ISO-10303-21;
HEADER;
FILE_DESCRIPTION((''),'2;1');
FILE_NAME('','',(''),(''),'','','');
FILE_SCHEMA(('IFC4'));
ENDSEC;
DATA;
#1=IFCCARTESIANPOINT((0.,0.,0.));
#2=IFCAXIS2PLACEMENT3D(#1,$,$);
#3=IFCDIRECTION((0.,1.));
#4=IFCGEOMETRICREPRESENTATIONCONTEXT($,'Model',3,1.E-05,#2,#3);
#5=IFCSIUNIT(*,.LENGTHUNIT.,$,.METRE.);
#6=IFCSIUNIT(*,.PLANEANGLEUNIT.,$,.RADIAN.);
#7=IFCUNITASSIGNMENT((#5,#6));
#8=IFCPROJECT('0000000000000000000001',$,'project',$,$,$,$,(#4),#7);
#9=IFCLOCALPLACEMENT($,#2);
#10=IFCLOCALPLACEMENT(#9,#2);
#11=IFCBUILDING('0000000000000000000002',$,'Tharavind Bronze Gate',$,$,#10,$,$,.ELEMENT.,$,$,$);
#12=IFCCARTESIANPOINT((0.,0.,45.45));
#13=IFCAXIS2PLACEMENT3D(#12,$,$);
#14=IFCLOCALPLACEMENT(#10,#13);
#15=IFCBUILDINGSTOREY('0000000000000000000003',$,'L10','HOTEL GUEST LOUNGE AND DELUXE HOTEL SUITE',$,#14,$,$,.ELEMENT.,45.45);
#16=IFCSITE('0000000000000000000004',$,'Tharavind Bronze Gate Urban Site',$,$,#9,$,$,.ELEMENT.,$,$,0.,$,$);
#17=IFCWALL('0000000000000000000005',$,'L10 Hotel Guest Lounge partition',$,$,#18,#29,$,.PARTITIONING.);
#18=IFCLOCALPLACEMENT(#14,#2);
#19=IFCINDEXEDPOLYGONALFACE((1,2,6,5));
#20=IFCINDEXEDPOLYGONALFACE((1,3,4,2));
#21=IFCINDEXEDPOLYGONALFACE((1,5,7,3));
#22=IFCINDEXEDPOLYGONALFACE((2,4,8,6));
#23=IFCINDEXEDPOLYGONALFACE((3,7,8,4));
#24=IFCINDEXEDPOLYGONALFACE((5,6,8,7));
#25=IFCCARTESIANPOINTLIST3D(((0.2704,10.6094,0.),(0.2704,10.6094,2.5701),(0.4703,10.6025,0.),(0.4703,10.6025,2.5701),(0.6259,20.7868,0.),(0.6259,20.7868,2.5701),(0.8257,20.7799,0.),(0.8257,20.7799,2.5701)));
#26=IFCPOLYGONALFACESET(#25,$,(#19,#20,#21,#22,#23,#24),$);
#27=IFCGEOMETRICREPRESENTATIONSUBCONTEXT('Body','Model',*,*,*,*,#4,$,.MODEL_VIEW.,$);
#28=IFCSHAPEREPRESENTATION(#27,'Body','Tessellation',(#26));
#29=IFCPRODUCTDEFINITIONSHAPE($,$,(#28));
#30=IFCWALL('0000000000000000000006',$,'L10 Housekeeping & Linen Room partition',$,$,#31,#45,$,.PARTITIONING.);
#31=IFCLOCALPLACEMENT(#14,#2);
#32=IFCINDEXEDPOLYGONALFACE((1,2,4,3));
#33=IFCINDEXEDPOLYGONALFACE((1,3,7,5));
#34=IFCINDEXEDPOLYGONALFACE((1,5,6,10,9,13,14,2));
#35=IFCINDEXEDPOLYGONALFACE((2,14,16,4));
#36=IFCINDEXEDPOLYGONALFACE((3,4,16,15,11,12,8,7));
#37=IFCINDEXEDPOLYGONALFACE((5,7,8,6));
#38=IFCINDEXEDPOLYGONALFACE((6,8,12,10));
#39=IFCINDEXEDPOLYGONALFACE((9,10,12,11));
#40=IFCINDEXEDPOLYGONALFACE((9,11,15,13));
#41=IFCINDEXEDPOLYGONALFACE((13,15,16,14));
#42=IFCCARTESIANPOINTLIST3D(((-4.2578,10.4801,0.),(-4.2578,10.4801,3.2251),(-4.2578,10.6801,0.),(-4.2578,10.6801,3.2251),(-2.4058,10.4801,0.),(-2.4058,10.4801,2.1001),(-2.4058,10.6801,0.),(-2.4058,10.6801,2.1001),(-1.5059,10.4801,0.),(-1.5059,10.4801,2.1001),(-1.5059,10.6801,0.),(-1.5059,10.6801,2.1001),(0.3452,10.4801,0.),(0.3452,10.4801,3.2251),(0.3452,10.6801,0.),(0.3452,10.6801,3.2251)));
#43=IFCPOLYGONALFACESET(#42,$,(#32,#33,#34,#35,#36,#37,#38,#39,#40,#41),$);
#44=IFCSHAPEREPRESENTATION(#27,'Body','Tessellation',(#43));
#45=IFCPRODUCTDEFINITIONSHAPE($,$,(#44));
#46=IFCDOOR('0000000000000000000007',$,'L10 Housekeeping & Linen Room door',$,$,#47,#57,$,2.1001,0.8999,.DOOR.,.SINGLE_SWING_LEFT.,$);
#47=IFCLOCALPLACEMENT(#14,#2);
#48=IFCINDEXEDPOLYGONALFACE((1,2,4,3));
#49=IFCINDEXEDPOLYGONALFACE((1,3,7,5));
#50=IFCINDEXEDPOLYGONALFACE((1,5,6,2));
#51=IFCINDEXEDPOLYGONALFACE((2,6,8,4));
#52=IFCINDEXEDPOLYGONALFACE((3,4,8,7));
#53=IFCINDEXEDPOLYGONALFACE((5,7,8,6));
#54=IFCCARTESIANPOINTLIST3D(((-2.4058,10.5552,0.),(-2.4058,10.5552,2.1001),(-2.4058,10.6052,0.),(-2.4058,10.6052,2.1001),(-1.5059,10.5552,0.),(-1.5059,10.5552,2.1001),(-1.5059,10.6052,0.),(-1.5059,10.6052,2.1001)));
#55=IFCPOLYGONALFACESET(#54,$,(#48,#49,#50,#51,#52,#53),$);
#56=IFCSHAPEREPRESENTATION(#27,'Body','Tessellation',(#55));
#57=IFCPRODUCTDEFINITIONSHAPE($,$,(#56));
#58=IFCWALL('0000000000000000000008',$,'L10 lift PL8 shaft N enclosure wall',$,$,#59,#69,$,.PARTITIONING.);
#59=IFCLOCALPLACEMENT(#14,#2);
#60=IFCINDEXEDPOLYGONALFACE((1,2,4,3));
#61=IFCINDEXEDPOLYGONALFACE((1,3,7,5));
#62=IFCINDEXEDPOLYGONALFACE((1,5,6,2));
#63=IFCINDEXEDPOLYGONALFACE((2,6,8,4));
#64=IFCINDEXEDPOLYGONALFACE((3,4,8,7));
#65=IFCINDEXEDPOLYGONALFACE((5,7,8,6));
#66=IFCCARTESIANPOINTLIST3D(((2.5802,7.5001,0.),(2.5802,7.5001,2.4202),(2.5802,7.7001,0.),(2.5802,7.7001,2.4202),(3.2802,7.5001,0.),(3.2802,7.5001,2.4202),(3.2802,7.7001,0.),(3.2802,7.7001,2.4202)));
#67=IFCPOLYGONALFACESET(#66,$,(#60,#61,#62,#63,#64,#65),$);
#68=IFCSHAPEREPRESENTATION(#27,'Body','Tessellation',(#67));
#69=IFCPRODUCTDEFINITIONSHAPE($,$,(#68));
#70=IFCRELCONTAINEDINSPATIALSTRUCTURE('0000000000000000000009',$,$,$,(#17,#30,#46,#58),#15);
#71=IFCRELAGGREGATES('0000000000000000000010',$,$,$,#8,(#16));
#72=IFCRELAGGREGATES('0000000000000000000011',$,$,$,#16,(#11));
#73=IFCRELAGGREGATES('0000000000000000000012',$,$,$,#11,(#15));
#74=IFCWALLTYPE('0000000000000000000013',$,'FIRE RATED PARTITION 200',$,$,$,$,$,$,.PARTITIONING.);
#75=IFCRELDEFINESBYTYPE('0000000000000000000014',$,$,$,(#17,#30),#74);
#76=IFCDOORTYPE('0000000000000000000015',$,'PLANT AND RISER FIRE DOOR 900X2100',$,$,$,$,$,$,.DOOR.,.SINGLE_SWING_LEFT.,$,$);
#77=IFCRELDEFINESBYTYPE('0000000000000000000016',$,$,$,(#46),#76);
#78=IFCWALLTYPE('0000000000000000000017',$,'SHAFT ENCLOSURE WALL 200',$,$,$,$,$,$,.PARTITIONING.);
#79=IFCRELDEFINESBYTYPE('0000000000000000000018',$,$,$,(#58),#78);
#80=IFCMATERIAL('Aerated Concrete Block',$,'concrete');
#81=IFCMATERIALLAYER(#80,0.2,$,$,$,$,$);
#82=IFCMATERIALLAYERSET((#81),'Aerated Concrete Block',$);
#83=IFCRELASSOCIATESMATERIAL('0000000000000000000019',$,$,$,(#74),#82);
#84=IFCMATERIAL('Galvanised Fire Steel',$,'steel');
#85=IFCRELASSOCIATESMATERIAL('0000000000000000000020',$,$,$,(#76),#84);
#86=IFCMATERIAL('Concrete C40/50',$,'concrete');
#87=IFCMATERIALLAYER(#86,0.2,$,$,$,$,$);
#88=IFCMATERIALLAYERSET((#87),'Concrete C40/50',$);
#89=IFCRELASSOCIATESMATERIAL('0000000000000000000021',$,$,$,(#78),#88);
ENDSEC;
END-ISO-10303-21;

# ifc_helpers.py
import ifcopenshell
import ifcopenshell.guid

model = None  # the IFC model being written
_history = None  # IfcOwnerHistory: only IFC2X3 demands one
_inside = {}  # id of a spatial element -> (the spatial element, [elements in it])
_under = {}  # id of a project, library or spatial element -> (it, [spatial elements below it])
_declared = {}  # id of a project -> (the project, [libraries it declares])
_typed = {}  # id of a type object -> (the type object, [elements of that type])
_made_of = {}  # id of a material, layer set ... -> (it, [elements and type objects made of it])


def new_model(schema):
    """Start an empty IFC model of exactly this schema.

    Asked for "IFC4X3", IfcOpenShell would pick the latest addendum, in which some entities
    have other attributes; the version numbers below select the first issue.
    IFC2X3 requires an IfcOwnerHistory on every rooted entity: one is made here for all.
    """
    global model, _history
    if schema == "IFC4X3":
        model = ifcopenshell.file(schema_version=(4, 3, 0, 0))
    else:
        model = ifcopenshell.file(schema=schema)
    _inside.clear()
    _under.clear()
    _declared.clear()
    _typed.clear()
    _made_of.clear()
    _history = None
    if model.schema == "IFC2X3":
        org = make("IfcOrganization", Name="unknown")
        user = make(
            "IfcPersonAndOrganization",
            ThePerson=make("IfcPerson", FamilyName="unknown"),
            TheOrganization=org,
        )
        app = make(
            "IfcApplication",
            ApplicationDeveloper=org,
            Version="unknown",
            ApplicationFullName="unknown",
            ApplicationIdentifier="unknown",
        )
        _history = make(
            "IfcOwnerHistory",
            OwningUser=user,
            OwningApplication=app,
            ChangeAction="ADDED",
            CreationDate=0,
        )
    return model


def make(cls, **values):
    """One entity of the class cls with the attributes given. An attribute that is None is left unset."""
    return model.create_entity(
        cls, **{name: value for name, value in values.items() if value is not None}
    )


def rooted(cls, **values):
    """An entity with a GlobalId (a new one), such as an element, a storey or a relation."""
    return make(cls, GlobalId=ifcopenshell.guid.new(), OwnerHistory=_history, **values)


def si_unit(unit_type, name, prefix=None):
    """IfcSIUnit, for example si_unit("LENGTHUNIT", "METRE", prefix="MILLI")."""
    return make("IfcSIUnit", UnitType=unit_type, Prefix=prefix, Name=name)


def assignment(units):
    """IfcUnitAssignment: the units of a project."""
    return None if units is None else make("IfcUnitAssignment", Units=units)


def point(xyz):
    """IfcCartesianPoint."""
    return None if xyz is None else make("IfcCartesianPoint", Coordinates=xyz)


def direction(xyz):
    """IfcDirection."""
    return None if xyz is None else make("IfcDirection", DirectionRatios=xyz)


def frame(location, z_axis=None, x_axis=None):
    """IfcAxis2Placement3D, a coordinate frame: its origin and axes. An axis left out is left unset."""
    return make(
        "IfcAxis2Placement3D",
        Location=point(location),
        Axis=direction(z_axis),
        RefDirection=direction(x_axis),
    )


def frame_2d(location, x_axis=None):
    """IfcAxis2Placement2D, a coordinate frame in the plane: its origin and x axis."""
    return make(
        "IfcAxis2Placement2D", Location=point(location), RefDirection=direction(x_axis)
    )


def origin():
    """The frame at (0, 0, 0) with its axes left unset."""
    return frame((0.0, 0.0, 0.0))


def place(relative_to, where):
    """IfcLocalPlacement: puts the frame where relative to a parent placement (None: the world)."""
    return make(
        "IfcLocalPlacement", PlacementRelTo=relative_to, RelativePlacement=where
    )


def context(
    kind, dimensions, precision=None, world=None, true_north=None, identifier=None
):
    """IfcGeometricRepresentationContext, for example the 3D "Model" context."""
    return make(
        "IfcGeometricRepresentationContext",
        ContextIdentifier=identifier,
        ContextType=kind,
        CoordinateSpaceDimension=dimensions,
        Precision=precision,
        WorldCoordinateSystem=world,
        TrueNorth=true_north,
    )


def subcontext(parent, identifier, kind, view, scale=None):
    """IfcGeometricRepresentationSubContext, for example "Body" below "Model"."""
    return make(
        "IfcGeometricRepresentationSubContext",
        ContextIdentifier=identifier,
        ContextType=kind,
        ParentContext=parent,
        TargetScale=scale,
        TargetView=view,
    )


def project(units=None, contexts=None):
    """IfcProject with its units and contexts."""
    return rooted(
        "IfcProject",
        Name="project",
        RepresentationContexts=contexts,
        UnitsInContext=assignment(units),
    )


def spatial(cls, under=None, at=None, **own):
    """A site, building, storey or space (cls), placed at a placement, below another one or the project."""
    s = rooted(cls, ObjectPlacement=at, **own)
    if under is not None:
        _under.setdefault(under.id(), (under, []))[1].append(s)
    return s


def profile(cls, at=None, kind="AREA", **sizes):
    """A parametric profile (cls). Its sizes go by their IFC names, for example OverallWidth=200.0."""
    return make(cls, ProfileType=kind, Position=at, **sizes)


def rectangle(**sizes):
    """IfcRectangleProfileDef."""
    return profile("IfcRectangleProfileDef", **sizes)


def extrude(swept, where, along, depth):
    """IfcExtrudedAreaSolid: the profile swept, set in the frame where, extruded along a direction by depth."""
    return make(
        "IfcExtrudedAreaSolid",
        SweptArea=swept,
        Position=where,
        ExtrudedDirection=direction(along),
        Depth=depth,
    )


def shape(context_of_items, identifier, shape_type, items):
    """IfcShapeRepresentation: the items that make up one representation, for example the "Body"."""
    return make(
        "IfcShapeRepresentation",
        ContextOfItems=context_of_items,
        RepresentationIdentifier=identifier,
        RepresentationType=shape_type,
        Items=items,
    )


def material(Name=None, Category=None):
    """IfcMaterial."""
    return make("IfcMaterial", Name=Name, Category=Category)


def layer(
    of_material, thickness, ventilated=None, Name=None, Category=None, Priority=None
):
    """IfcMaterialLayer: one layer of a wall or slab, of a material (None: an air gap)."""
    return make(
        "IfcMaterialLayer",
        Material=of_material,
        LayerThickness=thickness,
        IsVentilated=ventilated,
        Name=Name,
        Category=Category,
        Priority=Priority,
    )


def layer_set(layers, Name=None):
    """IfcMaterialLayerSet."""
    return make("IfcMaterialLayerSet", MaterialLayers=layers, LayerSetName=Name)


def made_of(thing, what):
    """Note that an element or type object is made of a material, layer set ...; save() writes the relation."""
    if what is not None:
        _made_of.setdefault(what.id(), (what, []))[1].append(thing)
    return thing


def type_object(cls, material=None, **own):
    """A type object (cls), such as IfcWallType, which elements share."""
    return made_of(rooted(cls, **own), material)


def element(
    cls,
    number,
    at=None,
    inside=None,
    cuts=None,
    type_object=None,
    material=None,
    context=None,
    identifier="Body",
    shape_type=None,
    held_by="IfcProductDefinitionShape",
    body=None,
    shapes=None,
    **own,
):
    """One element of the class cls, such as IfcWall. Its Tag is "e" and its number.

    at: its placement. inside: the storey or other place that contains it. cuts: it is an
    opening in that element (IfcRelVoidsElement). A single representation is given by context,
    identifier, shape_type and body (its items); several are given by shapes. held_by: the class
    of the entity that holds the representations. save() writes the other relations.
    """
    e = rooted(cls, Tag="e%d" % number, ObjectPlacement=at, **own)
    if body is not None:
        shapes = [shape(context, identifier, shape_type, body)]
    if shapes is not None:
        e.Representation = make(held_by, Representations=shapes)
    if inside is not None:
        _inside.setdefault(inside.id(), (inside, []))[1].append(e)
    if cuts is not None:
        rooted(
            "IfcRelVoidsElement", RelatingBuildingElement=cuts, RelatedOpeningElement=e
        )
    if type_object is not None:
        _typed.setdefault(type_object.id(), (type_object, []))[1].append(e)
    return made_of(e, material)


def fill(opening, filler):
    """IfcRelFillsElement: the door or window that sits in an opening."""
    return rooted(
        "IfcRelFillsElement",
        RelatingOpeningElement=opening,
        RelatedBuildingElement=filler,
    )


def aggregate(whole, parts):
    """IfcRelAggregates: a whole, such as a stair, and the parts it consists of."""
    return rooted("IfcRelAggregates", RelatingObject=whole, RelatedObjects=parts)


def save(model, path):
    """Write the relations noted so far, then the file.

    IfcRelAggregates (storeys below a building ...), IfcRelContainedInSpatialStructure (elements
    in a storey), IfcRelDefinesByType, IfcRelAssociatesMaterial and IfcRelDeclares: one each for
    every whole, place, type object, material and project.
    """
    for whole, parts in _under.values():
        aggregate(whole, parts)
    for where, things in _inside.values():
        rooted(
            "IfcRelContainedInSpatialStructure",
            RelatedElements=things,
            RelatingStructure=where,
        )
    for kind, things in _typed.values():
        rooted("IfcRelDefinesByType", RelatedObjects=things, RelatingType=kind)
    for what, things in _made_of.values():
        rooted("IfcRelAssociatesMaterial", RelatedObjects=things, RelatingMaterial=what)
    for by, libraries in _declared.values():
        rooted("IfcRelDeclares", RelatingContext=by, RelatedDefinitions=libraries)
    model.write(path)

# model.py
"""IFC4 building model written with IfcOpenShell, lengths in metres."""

from ifc_helpers import new_model, si_unit, direction, frame, frame_2d, origin, place, context, subcontext, project, spatial, rectangle, extrude, material, layer, layer_set, type_object, element, fill, save


model = new_model("IFC4")

# Units and contexts
model_context = context("Model", 3, precision=1e-05, world=origin(), true_north=direction((0.0, 1.0)))
body_context = subcontext(model_context, "Body", "Model", "MODEL_VIEW")
ifc_project = project(units=[si_unit("LENGTHUNIT", "METRE"), si_unit("PLANEANGLEUNIT", "RADIAN")], contexts=[model_context])

# Site, building, storey
site_placement = place(None, origin())
site = spatial("IfcSite", under=ifc_project, at=site_placement, Name="Tharavind Bronze Gate Urban Site", CompositionType="ELEMENT", RefElevation=0.0)
building_placement = place(site_placement, origin())
building = spatial("IfcBuilding", under=site, at=building_placement, Name="Tharavind Bronze Gate", CompositionType="ELEMENT")
storey_placement = place(building_placement, frame((0.0, 0.0, 45.45)))
storey = spatial("IfcBuildingStorey", under=building, at=storey_placement, Name="L10", Description="HOTEL GUEST LOUNGE AND DELUXE HOTEL SUITE", CompositionType="ELEMENT", Elevation=45.45)

# Shared definitions
ifc_material_1 = material(Name="Aerated Concrete Block", Category="concrete")
ifc_layer_1 = layer(ifc_material_1, 0.2)
ifc_layer_set_1 = layer_set([ifc_layer_1], Name="Aerated Concrete Block")
wall_type_1 = type_object("IfcWallType", Name="FIRE RATED PARTITION 200", PredefinedType="PARTITIONING", material=ifc_layer_set_1)
ifc_material_2 = material(Name="Galvanised Fire Steel", Category="steel")
door_type_1 = type_object("IfcDoorType", Name="PLANT AND RISER FIRE DOOR 900X2100", OperationType="SINGLE_SWING_LEFT", PredefinedType="DOOR", material=ifc_material_2)

# Wall
wall_1_placement = place(storey_placement, frame((0.3704, 10.606, 0.0), z_axis=(0.0, 0.0, 1.0), x_axis=(0.034906, 0.999391, 0.0)))
element("IfcWall", 1, at=wall_1_placement, inside=storey, type_object=wall_type_1, Name="L10 Hotel Guest Lounge partition", PredefinedType="PARTITIONING", context=body_context, shape_type="SweptSolid", body=[
    extrude(rectangle(XDim=10.1836, YDim=0.2, at=frame_2d((5.0918, 0.0))), origin(), (0.0, 0.0, 1.0), 2.5701),
])

# Wall, opening, door
wall_2_placement = place(storey_placement, frame((0.3452, 10.5801, 0.0), z_axis=(0.0, 0.0, 1.0), x_axis=(-1.0, 0.0, 0.0)))
wall_2 = element("IfcWall", 2, at=wall_2_placement, inside=storey, type_object=wall_type_1, Name="L10 Housekeeping & Linen Room partition", PredefinedType="PARTITIONING", context=body_context, shape_type="SweptSolid", body=[
    extrude(rectangle(XDim=4.603, YDim=0.2, at=frame_2d((2.3015, 0.0))), origin(), (0.0, 0.0, 1.0), 3.2251),
])
opening_1_placement = place(wall_2_placement, frame((1.8511, 0.0, 0.0)))
opening_1 = element("IfcOpeningElement", 3, at=opening_1_placement, cuts=wall_2, PredefinedType="OPENING", context=body_context, shape_type="SweptSolid", body=[
    extrude(rectangle(XDim=0.8999, YDim=2.1001, at=frame_2d((0.45, 1.05))), frame((0.0, 0.1101, 0.0), z_axis=(0.0, -1.0, 0.0), x_axis=(1.0, 0.0, 0.0)), (0.0, 0.0, 1.0), 0.22),
])
door_1_placement = place(opening_1_placement, origin())
door_1 = element("IfcDoor", 4, at=door_1_placement, inside=storey, type_object=door_type_1, Name="L10 Housekeeping & Linen Room door", OperationType="SINGLE_SWING_LEFT", OverallHeight=2.1001, OverallWidth=0.8999, PredefinedType="DOOR", context=body_context, shape_type="SweptSolid", body=[
    extrude(rectangle(XDim=0.8999, YDim=2.1001, at=frame_2d((0.45, 1.05))), frame((0.0, 0.0249, 0.0), z_axis=(0.0, -1.0, 0.0), x_axis=(1.0, 0.0, 0.0)), (0.0, 0.0, 1.0), 0.05),
])
fill(opening_1, door_1)

# Wall
ifc_material_3 = material(Name="Concrete C40/50", Category="concrete")
ifc_layer_2 = layer(ifc_material_3, 0.2)
ifc_layer_set_2 = layer_set([ifc_layer_2], Name="Concrete C40/50")
wall_type_2 = type_object("IfcWallType", Name="SHAFT ENCLOSURE WALL 200", PredefinedType="PARTITIONING", material=ifc_layer_set_2)
wall_3_placement = place(storey_placement, frame((2.5801, 7.6001, 0.0), z_axis=(0.0, 0.0, 1.0), x_axis=(1.0, 0.0, 0.0)))
element("IfcWall", 5, at=wall_3_placement, inside=storey, type_object=wall_type_2, Name="L10 lift PL8 shaft N enclosure wall", PredefinedType="PARTITIONING", context=body_context, shape_type="SweptSolid", body=[
    extrude(rectangle(XDim=0.7, YDim=0.2, at=frame_2d((0.3501, 0.0))), origin(), (0.0, 0.0, 1.0), 2.4202),
])

save(model, "model.ifc")
